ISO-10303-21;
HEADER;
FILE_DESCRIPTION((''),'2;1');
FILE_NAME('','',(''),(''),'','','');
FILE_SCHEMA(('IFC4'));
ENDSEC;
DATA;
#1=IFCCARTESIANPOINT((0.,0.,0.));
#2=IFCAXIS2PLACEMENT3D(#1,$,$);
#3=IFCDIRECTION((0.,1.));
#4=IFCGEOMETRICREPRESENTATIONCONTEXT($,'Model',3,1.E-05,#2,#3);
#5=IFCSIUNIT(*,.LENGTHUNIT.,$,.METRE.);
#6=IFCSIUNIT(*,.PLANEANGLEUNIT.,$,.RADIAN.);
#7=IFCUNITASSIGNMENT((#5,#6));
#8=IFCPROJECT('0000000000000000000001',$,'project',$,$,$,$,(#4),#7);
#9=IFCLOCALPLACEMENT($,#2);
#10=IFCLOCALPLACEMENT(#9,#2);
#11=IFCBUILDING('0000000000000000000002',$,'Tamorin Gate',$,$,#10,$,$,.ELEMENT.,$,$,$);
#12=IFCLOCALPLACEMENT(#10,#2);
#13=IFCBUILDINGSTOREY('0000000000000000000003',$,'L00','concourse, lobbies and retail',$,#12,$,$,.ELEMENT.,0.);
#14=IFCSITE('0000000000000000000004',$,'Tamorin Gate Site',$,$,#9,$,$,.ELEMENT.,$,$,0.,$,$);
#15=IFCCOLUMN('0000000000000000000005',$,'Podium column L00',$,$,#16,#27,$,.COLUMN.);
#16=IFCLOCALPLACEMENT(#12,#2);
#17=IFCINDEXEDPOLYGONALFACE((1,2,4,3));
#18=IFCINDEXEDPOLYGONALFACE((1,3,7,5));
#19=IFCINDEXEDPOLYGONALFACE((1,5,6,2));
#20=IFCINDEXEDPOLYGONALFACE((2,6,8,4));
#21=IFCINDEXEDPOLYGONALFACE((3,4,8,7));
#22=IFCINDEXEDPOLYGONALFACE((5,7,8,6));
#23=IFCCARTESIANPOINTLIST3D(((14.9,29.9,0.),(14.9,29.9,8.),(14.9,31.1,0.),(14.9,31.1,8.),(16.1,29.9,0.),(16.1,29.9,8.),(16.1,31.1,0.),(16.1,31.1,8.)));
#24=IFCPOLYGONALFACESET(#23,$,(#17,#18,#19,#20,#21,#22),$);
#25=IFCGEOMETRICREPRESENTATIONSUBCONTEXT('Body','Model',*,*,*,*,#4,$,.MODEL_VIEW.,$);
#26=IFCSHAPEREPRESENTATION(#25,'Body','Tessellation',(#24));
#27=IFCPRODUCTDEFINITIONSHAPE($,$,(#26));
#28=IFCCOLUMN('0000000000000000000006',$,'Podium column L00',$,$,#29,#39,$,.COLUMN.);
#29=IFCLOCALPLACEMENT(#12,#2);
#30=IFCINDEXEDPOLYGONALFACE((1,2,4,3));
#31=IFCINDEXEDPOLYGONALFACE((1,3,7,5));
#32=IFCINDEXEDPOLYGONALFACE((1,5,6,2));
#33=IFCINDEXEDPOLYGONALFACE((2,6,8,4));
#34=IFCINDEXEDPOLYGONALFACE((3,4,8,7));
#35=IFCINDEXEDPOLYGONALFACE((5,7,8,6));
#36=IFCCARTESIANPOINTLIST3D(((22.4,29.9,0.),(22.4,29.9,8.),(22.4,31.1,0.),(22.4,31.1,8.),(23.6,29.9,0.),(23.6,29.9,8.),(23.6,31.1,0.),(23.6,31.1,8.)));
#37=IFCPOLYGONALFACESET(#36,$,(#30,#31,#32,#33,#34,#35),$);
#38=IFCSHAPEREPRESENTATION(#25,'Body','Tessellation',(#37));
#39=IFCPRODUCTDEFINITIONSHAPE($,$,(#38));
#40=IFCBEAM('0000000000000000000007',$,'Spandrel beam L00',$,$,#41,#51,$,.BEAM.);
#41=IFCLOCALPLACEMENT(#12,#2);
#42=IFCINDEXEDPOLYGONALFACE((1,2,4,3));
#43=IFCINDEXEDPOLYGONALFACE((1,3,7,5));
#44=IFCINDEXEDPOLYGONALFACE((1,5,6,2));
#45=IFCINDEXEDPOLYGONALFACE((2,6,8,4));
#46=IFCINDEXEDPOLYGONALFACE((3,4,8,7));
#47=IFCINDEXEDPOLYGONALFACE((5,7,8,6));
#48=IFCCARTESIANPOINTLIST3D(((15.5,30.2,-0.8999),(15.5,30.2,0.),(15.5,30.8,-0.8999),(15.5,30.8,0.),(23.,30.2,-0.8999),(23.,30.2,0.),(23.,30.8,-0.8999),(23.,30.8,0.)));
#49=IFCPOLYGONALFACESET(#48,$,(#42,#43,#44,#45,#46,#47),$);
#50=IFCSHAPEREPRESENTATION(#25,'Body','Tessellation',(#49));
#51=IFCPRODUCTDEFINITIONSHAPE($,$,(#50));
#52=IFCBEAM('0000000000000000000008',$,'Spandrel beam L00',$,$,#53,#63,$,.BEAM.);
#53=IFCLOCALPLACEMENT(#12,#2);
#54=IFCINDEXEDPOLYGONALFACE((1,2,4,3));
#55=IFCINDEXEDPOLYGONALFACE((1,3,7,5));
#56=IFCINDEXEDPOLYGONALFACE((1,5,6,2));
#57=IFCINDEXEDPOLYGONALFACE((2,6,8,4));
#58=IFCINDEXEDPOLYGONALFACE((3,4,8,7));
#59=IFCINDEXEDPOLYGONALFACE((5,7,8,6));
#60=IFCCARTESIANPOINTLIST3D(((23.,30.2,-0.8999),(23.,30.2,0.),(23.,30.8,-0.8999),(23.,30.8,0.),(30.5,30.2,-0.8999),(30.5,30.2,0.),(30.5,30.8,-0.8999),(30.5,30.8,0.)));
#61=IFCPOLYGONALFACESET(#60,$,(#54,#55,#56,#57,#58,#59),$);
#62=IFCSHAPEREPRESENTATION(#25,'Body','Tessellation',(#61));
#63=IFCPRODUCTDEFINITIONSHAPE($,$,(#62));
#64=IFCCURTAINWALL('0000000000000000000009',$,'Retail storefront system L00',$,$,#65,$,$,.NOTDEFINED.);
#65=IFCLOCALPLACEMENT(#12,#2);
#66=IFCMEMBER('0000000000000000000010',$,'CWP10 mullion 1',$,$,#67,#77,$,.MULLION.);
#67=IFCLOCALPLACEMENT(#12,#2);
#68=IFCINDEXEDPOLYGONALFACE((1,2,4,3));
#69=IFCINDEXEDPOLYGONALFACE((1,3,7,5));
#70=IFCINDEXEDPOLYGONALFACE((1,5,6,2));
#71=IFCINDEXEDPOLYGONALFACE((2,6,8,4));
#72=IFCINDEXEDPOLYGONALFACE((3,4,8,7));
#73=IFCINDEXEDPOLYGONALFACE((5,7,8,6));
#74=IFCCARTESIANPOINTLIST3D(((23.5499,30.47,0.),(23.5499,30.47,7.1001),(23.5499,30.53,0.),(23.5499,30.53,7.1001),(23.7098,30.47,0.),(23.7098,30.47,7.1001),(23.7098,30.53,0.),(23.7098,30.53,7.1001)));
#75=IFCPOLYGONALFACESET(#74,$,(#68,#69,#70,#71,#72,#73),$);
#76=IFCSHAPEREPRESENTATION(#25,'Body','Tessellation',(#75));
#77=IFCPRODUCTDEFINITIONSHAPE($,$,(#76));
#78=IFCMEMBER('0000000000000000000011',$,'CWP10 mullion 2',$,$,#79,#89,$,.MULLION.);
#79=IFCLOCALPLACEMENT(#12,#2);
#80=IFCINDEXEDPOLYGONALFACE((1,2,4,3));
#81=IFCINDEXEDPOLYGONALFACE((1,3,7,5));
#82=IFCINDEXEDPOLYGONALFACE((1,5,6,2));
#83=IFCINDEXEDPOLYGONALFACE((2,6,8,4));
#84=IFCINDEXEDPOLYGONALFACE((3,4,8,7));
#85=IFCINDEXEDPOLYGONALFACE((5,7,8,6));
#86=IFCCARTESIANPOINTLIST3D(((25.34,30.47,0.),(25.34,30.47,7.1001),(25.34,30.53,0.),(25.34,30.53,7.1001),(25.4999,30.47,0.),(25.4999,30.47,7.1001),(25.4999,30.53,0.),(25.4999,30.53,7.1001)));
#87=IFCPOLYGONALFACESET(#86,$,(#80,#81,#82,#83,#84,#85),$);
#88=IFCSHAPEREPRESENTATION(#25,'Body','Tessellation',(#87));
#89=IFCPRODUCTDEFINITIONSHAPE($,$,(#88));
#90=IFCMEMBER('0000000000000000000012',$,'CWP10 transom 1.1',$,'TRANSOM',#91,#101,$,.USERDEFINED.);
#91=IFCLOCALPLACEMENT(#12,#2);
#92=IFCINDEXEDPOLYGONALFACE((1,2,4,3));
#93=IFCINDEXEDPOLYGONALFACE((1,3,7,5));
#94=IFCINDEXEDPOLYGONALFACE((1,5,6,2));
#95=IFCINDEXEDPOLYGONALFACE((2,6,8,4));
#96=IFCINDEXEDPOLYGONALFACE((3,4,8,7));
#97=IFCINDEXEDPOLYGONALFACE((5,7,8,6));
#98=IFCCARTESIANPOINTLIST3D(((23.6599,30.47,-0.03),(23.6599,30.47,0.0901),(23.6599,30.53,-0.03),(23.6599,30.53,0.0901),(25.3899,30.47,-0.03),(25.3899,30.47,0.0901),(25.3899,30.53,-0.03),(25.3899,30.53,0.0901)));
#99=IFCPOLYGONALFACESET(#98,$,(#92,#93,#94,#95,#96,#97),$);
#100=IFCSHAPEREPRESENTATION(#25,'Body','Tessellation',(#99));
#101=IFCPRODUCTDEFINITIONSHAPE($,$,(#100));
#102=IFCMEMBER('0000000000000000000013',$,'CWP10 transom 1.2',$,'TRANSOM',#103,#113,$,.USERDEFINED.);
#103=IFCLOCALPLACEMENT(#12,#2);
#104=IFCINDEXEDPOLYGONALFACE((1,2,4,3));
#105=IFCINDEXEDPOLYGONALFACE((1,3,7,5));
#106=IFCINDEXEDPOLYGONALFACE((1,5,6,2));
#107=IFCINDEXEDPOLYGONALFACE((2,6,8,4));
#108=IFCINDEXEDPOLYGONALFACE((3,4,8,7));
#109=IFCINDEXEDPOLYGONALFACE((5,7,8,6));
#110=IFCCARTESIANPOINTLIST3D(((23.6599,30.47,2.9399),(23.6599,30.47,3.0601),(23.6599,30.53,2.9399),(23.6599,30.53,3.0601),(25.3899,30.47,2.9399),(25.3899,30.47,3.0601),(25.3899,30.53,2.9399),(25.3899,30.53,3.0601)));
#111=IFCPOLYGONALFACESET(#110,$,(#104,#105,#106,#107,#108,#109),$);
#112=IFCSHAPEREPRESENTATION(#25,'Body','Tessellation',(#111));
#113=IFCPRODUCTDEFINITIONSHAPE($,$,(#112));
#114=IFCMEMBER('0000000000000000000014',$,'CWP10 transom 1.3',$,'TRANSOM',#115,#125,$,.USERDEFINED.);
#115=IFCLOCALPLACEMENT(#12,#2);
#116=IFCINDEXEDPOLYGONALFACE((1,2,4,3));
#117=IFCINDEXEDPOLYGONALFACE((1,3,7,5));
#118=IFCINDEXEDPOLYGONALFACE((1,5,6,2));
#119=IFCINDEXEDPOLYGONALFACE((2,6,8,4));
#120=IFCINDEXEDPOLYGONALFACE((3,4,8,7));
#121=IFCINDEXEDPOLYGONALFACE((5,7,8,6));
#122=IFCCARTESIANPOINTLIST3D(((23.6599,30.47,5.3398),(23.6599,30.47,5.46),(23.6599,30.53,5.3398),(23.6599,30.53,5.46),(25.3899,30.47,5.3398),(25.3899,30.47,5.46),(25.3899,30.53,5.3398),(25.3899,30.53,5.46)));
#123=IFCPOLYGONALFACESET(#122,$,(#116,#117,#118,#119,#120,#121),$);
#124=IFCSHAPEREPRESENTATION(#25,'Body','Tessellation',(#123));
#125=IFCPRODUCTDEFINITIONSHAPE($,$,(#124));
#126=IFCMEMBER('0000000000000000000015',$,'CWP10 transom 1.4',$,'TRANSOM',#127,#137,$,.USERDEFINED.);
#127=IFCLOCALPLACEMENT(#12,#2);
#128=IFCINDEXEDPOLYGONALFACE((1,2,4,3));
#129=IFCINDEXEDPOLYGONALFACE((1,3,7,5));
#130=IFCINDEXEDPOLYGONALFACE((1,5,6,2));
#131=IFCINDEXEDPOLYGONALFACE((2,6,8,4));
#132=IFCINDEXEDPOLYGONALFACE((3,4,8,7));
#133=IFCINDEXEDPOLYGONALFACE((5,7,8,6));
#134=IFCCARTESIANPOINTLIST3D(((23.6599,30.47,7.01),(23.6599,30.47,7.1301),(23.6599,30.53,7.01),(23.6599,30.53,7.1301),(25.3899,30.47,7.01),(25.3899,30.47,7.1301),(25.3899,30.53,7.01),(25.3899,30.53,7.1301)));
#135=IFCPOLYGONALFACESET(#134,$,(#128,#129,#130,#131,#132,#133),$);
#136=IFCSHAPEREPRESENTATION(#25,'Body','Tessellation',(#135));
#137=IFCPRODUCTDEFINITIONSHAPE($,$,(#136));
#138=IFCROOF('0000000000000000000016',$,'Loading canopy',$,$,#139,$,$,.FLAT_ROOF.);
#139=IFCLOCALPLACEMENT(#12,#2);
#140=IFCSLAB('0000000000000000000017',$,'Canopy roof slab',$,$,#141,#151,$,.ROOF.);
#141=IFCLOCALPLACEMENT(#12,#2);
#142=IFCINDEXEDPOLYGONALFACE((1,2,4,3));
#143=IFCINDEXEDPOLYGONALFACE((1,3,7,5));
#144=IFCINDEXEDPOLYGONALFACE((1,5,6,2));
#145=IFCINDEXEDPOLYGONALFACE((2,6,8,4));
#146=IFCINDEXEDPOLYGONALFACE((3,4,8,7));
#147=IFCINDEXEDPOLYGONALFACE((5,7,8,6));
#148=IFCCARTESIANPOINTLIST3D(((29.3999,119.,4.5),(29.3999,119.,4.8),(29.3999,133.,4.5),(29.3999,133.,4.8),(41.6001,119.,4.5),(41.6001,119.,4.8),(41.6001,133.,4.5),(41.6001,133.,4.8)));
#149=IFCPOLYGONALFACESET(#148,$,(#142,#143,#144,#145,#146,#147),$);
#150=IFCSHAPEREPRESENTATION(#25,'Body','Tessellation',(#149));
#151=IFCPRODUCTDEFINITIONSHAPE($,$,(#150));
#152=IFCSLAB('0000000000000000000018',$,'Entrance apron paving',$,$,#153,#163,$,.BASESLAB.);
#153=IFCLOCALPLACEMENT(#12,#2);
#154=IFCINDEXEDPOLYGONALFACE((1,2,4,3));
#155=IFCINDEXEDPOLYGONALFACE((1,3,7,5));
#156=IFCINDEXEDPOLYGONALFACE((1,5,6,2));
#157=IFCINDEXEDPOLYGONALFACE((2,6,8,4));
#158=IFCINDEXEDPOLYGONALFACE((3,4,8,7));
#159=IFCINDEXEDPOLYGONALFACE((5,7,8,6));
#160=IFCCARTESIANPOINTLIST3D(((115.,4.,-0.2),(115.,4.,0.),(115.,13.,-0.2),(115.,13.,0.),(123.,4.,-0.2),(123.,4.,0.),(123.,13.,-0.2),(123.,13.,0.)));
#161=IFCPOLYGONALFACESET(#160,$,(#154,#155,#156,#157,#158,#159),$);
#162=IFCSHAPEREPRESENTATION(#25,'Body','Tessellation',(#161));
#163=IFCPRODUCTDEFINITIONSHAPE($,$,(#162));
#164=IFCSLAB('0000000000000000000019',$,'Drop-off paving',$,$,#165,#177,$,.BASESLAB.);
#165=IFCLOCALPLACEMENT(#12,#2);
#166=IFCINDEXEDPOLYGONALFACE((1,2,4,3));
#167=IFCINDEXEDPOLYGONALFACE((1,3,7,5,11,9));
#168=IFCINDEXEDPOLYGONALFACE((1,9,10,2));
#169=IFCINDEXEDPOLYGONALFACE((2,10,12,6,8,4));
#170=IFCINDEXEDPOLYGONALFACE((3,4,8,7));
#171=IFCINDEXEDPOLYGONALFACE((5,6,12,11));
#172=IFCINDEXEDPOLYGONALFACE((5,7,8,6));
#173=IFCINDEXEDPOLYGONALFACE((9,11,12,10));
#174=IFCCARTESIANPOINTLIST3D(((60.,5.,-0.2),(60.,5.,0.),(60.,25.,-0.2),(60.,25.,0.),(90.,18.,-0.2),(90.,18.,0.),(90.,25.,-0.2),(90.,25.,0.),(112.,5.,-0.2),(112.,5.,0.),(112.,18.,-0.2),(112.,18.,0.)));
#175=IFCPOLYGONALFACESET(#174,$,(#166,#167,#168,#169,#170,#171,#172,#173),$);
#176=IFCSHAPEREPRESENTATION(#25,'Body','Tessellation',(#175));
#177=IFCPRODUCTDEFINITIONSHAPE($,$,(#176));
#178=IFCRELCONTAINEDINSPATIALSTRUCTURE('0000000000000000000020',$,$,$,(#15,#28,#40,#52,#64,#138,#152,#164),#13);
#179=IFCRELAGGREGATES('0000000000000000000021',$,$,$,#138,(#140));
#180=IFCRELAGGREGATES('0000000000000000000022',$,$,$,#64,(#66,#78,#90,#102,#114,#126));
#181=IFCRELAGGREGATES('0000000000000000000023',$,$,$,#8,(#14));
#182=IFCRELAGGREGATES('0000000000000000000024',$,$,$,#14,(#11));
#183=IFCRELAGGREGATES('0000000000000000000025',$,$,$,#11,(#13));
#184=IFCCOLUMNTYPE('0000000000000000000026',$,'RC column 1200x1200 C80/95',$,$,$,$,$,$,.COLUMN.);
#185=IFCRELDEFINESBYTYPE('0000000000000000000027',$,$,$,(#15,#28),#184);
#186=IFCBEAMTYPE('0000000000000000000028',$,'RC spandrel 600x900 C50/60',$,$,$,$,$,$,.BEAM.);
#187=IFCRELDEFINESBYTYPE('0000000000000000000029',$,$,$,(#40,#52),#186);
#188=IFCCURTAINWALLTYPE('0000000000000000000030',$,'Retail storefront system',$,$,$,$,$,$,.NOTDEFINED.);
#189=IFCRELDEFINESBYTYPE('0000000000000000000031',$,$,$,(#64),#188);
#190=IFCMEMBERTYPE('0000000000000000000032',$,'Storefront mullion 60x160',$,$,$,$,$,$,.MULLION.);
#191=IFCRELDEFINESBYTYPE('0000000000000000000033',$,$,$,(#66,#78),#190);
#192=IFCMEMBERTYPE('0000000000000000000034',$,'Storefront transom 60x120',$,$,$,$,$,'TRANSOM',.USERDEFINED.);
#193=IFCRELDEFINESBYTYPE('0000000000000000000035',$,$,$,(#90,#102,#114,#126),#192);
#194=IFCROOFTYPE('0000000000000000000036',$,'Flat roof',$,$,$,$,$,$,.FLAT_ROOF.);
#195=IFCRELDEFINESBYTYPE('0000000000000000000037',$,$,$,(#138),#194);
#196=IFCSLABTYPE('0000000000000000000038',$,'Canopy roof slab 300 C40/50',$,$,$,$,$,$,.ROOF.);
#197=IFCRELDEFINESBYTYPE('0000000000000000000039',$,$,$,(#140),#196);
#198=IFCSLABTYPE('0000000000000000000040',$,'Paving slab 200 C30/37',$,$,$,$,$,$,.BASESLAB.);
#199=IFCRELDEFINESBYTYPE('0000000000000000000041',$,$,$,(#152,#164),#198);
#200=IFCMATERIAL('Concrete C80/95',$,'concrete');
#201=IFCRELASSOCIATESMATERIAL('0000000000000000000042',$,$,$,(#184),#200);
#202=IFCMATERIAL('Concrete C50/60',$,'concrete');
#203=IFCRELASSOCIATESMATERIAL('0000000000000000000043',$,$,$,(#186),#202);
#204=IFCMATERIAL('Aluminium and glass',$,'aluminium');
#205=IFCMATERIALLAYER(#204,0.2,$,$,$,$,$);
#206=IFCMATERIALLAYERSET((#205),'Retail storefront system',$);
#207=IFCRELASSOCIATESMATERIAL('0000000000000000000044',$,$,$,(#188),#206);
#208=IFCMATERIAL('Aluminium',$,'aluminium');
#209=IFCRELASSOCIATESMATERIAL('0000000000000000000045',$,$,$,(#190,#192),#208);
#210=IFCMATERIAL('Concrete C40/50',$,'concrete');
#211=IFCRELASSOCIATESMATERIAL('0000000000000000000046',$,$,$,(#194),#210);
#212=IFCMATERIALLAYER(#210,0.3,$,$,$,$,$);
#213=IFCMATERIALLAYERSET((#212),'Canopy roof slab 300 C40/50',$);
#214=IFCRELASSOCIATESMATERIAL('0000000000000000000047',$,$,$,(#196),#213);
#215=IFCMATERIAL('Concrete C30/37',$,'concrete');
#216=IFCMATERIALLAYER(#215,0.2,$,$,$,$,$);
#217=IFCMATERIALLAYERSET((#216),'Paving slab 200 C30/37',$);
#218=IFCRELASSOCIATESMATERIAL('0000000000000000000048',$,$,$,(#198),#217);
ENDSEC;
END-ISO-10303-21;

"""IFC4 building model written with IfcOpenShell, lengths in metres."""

from ifc_helpers import new_model, si_unit, direction, frame, origin, origin_2d, place, context, subcontext, project, spatial, polyline, rectangle, outline, extrude, material, layer, layer_set, material_profile, profile_set, type_object, element, aggregate, save


model = new_model("IFC4")

# Units and contexts
model_context = context("Model", 3, precision=1e-05, world=origin(), true_north=direction((0.0, 1.0)))
body_context = subcontext(model_context, "Body", "Model", "MODEL_VIEW")
ifc_project = project(units=[si_unit("LENGTHUNIT", "METRE"), si_unit("PLANEANGLEUNIT", "RADIAN")], contexts=[model_context])

# Site, building, storey
site_placement = place(None, origin())
site = spatial("IfcSite", under=ifc_project, at=site_placement, Name="Tamorin Gate Site", CompositionType="ELEMENT", RefElevation=0.0)
building_placement = place(site_placement, origin())
building = spatial("IfcBuilding", under=site, at=building_placement, Name="Tamorin Gate", CompositionType="ELEMENT")
storey_placement = place(building_placement, origin())
storey = spatial("IfcBuildingStorey", under=building, at=storey_placement, Name="L00", Description="concourse, lobbies and retail", CompositionType="ELEMENT", Elevation=0.0)

# Columns
ifc_material_1 = material(Name="Concrete C80/95", Category="concrete")
ifc_material_profile_1 = material_profile(ifc_material_1, rectangle(XDim=1.2, YDim=1.2, at=origin_2d()), Name="RC 1200x1200")
ifc_profile_set_1 = profile_set([ifc_material_profile_1], Name="Concrete C80/95")
column_type = type_object("IfcColumnType", Name="RC column 1200x1200 C80/95", PredefinedType="COLUMN", material=ifc_profile_set_1)
for number, where, z_axis, x_axis, name in (
    (1, (15.5, 30.5, 0.0), (0.0, 0.0, 1.0), (1.0, 0.0, 0.0), "Podium column L00"),
    (2, (23.0, 30.5, 0.0), (0.0, 0.0, 1.0), (1.0, 0.0, 0.0), "Podium column L00"),
):
    element("IfcColumn", number, at=place(storey_placement, frame(where, z_axis=z_axis, x_axis=x_axis)), inside=storey, type_object=column_type, Name=name, PredefinedType="COLUMN", context=body_context, shape_type="SweptSolid", body=[
        extrude(rectangle(XDim=1.2, YDim=1.2, at=origin_2d()), origin(), (0.0, 0.0, 1.0), 8.0),
    ])

# Beams
ifc_material_2 = material(Name="Concrete C50/60", Category="concrete")
ifc_material_profile_2 = material_profile(ifc_material_2, rectangle(XDim=0.6001, YDim=0.8999, at=origin_2d()), Name="RC 600x900")
ifc_profile_set_2 = profile_set([ifc_material_profile_2], Name="Concrete C50/60")
beam_type = type_object("IfcBeamType", Name="RC spandrel 600x900 C50/60", PredefinedType="BEAM", material=ifc_profile_set_2)
for number, where, z_axis, x_axis, name in (
    (3, (15.5, 30.5, -0.45), (1.0, 0.0, 0.0), (0.0, 1.0, 0.0), "Spandrel beam L00"),
    (4, (23.0, 30.5, -0.45), (1.0, 0.0, 0.0), (0.0, 1.0, 0.0), "Spandrel beam L00"),
):
    element("IfcBeam", number, at=place(storey_placement, frame(where, z_axis=z_axis, x_axis=x_axis)), inside=storey, type_object=beam_type, Name=name, PredefinedType="BEAM", context=body_context, shape_type="SweptSolid", body=[
        extrude(rectangle(XDim=0.6001, YDim=0.8999, at=origin_2d()), origin(), (0.0, 0.0, 1.0), 7.5),
    ])

# Curtain wall, members
ifc_material_3 = material(Name="Aluminium and glass", Category="aluminium")
ifc_layer_1 = layer(ifc_material_3, 0.2)
ifc_layer_set_1 = layer_set([ifc_layer_1], Name="Retail storefront system")
curtain_wall_type = type_object("IfcCurtainWallType", Name="Retail storefront system", PredefinedType="NOTDEFINED", material=ifc_layer_set_1)
curtain_wall_placement = place(storey_placement, origin())
curtain_wall = element("IfcCurtainWall", 5, at=curtain_wall_placement, inside=storey, type_object=curtain_wall_type, Name="Retail storefront system L00", PredefinedType="NOTDEFINED")
ifc_material_4 = material(Name="Aluminium", Category="aluminium")
ifc_material_profile_3 = material_profile(ifc_material_4, rectangle(XDim=0.0601, YDim=0.1599, at=origin_2d()), Name="RECT 60x160")
ifc_profile_set_3 = profile_set([ifc_material_profile_3], Name="Aluminium")
member_type_1 = type_object("IfcMemberType", Name="Storefront mullion 60x160", PredefinedType="MULLION", material=ifc_profile_set_3)
member_1_placement = place(storey_placement, frame((23.6299, 30.5, 0.0), z_axis=(0.0, 0.0, 1.0), x_axis=(0.0, 1.0, 0.0)))
member_1 = element("IfcMember", 6, at=member_1_placement, type_object=member_type_1, Name="CWP10 mullion 1", PredefinedType="MULLION", context=body_context, shape_type="SweptSolid", body=[
    extrude(rectangle(XDim=0.0601, YDim=0.1599, at=origin_2d()), origin(), (0.0, 0.0, 1.0), 7.1001),
])
member_2_placement = place(storey_placement, frame((25.4199, 30.5, 0.0), z_axis=(0.0, 0.0, 1.0), x_axis=(0.0, 1.0, 0.0)))
member_2 = element("IfcMember", 7, at=member_2_placement, type_object=member_type_1, Name="CWP10 mullion 2", PredefinedType="MULLION", context=body_context, shape_type="SweptSolid", body=[
    extrude(rectangle(XDim=0.0601, YDim=0.1599, at=origin_2d()), origin(), (0.0, 0.0, 1.0), 7.1001),
])
ifc_material_profile_4 = material_profile(ifc_material_4, rectangle(XDim=0.0601, YDim=0.1201, at=origin_2d()), Name="RECT 60x120")
ifc_profile_set_4 = profile_set([ifc_material_profile_4], Name="Aluminium")
member_type_2 = type_object("IfcMemberType", Name="Storefront transom 60x120", ElementType="TRANSOM", PredefinedType="USERDEFINED", material=ifc_profile_set_4)
member_3_placement = place(storey_placement, frame((23.6599, 30.5, 0.03), z_axis=(1.0, 0.0, 0.0), x_axis=(0.0, 1.0, 0.0)))
member_3 = element("IfcMember", 8, at=member_3_placement, type_object=member_type_2, Name="CWP10 transom 1.1", ObjectType="TRANSOM", PredefinedType="USERDEFINED", context=body_context, shape_type="SweptSolid", body=[
    extrude(rectangle(XDim=0.0601, YDim=0.1201, at=origin_2d()), origin(), (0.0, 0.0, 1.0), 1.73),
])
member_4_placement = place(storey_placement, frame((23.6599, 30.5, 3.0), z_axis=(1.0, 0.0, 0.0), x_axis=(0.0, 1.0, 0.0)))
member_4 = element("IfcMember", 9, at=member_4_placement, type_object=member_type_2, Name="CWP10 transom 1.2", ObjectType="TRANSOM", PredefinedType="USERDEFINED", context=body_context, shape_type="SweptSolid", body=[
    extrude(rectangle(XDim=0.0601, YDim=0.1201, at=origin_2d()), origin(), (0.0, 0.0, 1.0), 1.73),
])
member_5_placement = place(storey_placement, frame((23.6599, 30.5, 5.3999), z_axis=(1.0, 0.0, 0.0), x_axis=(0.0, 1.0, 0.0)))
member_5 = element("IfcMember", 10, at=member_5_placement, type_object=member_type_2, Name="CWP10 transom 1.3", ObjectType="TRANSOM", PredefinedType="USERDEFINED", context=body_context, shape_type="SweptSolid", body=[
    extrude(rectangle(XDim=0.0601, YDim=0.1201, at=origin_2d()), origin(), (0.0, 0.0, 1.0), 1.73),
])
member_6_placement = place(storey_placement, frame((23.6599, 30.5, 7.0701), z_axis=(1.0, 0.0, 0.0), x_axis=(0.0, 1.0, 0.0)))
member_6 = element("IfcMember", 11, at=member_6_placement, type_object=member_type_2, Name="CWP10 transom 1.4", ObjectType="TRANSOM", PredefinedType="USERDEFINED", context=body_context, shape_type="SweptSolid", body=[
    extrude(rectangle(XDim=0.0601, YDim=0.1201, at=origin_2d()), origin(), (0.0, 0.0, 1.0), 1.73),
])

# Roof, slab
ifc_material_5 = material(Name="Concrete C40/50", Category="concrete")
roof_type = type_object("IfcRoofType", Name="Flat roof", PredefinedType="FLAT_ROOF", material=ifc_material_5)
roof_placement = place(storey_placement, origin())
roof = element("IfcRoof", 12, at=roof_placement, inside=storey, type_object=roof_type, Name="Loading canopy", PredefinedType="FLAT_ROOF")
ifc_layer_2 = layer(ifc_material_5, 0.3)
ifc_layer_set_2 = layer_set([ifc_layer_2], Name="Canopy roof slab 300 C40/50")
slab_type_1 = type_object("IfcSlabType", Name="Canopy roof slab 300 C40/50", PredefinedType="ROOF", material=ifc_layer_set_2)
slab_1_placement = place(storey_placement, frame((0.0, 0.0, 4.5)))
slab_1 = element("IfcSlab", 13, at=slab_1_placement, type_object=slab_type_1, Name="Canopy roof slab", PredefinedType="ROOF", context=body_context, shape_type="SweptSolid", body=[
    extrude(outline(polyline([(41.6001, 119.0), (41.6001, 133.0), (29.3999, 133.0), (29.3999, 119.0), (41.6001, 119.0)])), origin(), (0.0, 0.0, 1.0), 0.3),
])
aggregate(roof, [slab_1])

# Slabs
ifc_material_6 = material(Name="Concrete C30/37", Category="concrete")
ifc_layer_3 = layer(ifc_material_6, 0.2)
ifc_layer_set_3 = layer_set([ifc_layer_3], Name="Paving slab 200 C30/37")
slab_type_2 = type_object("IfcSlabType", Name="Paving slab 200 C30/37", PredefinedType="BASESLAB", material=ifc_layer_set_3)
slab_2_placement = place(storey_placement, frame((0.0, 0.0, -0.2)))
element("IfcSlab", 14, at=slab_2_placement, inside=storey, type_object=slab_type_2, Name="Entrance apron paving", PredefinedType="BASESLAB", context=body_context, shape_type="SweptSolid", body=[
    extrude(outline(polyline([(115.0, 4.0), (115.0, 13.0), (123.0, 13.0), (123.0, 4.0), (115.0, 4.0)])), origin(), (0.0, 0.0, 1.0), 0.2),
])
slab_3_placement = place(storey_placement, frame((0.0, 0.0, -0.2)))
element("IfcSlab", 15, at=slab_3_placement, inside=storey, type_object=slab_type_2, Name="Drop-off paving", PredefinedType="BASESLAB", context=body_context, shape_type="SweptSolid", body=[
    extrude(outline(polyline([(112.0, 5.0), (60.0, 5.0), (60.0, 25.0), (90.0, 25.0), (90.0, 18.0), (112.0, 18.0), (112.0, 5.0)])), origin(), (0.0, 0.0, 1.0), 0.2),
])

aggregate(curtain_wall, [member_1, member_2, member_3, member_4, member_5, member_6])

save(model, "model.ifc")
